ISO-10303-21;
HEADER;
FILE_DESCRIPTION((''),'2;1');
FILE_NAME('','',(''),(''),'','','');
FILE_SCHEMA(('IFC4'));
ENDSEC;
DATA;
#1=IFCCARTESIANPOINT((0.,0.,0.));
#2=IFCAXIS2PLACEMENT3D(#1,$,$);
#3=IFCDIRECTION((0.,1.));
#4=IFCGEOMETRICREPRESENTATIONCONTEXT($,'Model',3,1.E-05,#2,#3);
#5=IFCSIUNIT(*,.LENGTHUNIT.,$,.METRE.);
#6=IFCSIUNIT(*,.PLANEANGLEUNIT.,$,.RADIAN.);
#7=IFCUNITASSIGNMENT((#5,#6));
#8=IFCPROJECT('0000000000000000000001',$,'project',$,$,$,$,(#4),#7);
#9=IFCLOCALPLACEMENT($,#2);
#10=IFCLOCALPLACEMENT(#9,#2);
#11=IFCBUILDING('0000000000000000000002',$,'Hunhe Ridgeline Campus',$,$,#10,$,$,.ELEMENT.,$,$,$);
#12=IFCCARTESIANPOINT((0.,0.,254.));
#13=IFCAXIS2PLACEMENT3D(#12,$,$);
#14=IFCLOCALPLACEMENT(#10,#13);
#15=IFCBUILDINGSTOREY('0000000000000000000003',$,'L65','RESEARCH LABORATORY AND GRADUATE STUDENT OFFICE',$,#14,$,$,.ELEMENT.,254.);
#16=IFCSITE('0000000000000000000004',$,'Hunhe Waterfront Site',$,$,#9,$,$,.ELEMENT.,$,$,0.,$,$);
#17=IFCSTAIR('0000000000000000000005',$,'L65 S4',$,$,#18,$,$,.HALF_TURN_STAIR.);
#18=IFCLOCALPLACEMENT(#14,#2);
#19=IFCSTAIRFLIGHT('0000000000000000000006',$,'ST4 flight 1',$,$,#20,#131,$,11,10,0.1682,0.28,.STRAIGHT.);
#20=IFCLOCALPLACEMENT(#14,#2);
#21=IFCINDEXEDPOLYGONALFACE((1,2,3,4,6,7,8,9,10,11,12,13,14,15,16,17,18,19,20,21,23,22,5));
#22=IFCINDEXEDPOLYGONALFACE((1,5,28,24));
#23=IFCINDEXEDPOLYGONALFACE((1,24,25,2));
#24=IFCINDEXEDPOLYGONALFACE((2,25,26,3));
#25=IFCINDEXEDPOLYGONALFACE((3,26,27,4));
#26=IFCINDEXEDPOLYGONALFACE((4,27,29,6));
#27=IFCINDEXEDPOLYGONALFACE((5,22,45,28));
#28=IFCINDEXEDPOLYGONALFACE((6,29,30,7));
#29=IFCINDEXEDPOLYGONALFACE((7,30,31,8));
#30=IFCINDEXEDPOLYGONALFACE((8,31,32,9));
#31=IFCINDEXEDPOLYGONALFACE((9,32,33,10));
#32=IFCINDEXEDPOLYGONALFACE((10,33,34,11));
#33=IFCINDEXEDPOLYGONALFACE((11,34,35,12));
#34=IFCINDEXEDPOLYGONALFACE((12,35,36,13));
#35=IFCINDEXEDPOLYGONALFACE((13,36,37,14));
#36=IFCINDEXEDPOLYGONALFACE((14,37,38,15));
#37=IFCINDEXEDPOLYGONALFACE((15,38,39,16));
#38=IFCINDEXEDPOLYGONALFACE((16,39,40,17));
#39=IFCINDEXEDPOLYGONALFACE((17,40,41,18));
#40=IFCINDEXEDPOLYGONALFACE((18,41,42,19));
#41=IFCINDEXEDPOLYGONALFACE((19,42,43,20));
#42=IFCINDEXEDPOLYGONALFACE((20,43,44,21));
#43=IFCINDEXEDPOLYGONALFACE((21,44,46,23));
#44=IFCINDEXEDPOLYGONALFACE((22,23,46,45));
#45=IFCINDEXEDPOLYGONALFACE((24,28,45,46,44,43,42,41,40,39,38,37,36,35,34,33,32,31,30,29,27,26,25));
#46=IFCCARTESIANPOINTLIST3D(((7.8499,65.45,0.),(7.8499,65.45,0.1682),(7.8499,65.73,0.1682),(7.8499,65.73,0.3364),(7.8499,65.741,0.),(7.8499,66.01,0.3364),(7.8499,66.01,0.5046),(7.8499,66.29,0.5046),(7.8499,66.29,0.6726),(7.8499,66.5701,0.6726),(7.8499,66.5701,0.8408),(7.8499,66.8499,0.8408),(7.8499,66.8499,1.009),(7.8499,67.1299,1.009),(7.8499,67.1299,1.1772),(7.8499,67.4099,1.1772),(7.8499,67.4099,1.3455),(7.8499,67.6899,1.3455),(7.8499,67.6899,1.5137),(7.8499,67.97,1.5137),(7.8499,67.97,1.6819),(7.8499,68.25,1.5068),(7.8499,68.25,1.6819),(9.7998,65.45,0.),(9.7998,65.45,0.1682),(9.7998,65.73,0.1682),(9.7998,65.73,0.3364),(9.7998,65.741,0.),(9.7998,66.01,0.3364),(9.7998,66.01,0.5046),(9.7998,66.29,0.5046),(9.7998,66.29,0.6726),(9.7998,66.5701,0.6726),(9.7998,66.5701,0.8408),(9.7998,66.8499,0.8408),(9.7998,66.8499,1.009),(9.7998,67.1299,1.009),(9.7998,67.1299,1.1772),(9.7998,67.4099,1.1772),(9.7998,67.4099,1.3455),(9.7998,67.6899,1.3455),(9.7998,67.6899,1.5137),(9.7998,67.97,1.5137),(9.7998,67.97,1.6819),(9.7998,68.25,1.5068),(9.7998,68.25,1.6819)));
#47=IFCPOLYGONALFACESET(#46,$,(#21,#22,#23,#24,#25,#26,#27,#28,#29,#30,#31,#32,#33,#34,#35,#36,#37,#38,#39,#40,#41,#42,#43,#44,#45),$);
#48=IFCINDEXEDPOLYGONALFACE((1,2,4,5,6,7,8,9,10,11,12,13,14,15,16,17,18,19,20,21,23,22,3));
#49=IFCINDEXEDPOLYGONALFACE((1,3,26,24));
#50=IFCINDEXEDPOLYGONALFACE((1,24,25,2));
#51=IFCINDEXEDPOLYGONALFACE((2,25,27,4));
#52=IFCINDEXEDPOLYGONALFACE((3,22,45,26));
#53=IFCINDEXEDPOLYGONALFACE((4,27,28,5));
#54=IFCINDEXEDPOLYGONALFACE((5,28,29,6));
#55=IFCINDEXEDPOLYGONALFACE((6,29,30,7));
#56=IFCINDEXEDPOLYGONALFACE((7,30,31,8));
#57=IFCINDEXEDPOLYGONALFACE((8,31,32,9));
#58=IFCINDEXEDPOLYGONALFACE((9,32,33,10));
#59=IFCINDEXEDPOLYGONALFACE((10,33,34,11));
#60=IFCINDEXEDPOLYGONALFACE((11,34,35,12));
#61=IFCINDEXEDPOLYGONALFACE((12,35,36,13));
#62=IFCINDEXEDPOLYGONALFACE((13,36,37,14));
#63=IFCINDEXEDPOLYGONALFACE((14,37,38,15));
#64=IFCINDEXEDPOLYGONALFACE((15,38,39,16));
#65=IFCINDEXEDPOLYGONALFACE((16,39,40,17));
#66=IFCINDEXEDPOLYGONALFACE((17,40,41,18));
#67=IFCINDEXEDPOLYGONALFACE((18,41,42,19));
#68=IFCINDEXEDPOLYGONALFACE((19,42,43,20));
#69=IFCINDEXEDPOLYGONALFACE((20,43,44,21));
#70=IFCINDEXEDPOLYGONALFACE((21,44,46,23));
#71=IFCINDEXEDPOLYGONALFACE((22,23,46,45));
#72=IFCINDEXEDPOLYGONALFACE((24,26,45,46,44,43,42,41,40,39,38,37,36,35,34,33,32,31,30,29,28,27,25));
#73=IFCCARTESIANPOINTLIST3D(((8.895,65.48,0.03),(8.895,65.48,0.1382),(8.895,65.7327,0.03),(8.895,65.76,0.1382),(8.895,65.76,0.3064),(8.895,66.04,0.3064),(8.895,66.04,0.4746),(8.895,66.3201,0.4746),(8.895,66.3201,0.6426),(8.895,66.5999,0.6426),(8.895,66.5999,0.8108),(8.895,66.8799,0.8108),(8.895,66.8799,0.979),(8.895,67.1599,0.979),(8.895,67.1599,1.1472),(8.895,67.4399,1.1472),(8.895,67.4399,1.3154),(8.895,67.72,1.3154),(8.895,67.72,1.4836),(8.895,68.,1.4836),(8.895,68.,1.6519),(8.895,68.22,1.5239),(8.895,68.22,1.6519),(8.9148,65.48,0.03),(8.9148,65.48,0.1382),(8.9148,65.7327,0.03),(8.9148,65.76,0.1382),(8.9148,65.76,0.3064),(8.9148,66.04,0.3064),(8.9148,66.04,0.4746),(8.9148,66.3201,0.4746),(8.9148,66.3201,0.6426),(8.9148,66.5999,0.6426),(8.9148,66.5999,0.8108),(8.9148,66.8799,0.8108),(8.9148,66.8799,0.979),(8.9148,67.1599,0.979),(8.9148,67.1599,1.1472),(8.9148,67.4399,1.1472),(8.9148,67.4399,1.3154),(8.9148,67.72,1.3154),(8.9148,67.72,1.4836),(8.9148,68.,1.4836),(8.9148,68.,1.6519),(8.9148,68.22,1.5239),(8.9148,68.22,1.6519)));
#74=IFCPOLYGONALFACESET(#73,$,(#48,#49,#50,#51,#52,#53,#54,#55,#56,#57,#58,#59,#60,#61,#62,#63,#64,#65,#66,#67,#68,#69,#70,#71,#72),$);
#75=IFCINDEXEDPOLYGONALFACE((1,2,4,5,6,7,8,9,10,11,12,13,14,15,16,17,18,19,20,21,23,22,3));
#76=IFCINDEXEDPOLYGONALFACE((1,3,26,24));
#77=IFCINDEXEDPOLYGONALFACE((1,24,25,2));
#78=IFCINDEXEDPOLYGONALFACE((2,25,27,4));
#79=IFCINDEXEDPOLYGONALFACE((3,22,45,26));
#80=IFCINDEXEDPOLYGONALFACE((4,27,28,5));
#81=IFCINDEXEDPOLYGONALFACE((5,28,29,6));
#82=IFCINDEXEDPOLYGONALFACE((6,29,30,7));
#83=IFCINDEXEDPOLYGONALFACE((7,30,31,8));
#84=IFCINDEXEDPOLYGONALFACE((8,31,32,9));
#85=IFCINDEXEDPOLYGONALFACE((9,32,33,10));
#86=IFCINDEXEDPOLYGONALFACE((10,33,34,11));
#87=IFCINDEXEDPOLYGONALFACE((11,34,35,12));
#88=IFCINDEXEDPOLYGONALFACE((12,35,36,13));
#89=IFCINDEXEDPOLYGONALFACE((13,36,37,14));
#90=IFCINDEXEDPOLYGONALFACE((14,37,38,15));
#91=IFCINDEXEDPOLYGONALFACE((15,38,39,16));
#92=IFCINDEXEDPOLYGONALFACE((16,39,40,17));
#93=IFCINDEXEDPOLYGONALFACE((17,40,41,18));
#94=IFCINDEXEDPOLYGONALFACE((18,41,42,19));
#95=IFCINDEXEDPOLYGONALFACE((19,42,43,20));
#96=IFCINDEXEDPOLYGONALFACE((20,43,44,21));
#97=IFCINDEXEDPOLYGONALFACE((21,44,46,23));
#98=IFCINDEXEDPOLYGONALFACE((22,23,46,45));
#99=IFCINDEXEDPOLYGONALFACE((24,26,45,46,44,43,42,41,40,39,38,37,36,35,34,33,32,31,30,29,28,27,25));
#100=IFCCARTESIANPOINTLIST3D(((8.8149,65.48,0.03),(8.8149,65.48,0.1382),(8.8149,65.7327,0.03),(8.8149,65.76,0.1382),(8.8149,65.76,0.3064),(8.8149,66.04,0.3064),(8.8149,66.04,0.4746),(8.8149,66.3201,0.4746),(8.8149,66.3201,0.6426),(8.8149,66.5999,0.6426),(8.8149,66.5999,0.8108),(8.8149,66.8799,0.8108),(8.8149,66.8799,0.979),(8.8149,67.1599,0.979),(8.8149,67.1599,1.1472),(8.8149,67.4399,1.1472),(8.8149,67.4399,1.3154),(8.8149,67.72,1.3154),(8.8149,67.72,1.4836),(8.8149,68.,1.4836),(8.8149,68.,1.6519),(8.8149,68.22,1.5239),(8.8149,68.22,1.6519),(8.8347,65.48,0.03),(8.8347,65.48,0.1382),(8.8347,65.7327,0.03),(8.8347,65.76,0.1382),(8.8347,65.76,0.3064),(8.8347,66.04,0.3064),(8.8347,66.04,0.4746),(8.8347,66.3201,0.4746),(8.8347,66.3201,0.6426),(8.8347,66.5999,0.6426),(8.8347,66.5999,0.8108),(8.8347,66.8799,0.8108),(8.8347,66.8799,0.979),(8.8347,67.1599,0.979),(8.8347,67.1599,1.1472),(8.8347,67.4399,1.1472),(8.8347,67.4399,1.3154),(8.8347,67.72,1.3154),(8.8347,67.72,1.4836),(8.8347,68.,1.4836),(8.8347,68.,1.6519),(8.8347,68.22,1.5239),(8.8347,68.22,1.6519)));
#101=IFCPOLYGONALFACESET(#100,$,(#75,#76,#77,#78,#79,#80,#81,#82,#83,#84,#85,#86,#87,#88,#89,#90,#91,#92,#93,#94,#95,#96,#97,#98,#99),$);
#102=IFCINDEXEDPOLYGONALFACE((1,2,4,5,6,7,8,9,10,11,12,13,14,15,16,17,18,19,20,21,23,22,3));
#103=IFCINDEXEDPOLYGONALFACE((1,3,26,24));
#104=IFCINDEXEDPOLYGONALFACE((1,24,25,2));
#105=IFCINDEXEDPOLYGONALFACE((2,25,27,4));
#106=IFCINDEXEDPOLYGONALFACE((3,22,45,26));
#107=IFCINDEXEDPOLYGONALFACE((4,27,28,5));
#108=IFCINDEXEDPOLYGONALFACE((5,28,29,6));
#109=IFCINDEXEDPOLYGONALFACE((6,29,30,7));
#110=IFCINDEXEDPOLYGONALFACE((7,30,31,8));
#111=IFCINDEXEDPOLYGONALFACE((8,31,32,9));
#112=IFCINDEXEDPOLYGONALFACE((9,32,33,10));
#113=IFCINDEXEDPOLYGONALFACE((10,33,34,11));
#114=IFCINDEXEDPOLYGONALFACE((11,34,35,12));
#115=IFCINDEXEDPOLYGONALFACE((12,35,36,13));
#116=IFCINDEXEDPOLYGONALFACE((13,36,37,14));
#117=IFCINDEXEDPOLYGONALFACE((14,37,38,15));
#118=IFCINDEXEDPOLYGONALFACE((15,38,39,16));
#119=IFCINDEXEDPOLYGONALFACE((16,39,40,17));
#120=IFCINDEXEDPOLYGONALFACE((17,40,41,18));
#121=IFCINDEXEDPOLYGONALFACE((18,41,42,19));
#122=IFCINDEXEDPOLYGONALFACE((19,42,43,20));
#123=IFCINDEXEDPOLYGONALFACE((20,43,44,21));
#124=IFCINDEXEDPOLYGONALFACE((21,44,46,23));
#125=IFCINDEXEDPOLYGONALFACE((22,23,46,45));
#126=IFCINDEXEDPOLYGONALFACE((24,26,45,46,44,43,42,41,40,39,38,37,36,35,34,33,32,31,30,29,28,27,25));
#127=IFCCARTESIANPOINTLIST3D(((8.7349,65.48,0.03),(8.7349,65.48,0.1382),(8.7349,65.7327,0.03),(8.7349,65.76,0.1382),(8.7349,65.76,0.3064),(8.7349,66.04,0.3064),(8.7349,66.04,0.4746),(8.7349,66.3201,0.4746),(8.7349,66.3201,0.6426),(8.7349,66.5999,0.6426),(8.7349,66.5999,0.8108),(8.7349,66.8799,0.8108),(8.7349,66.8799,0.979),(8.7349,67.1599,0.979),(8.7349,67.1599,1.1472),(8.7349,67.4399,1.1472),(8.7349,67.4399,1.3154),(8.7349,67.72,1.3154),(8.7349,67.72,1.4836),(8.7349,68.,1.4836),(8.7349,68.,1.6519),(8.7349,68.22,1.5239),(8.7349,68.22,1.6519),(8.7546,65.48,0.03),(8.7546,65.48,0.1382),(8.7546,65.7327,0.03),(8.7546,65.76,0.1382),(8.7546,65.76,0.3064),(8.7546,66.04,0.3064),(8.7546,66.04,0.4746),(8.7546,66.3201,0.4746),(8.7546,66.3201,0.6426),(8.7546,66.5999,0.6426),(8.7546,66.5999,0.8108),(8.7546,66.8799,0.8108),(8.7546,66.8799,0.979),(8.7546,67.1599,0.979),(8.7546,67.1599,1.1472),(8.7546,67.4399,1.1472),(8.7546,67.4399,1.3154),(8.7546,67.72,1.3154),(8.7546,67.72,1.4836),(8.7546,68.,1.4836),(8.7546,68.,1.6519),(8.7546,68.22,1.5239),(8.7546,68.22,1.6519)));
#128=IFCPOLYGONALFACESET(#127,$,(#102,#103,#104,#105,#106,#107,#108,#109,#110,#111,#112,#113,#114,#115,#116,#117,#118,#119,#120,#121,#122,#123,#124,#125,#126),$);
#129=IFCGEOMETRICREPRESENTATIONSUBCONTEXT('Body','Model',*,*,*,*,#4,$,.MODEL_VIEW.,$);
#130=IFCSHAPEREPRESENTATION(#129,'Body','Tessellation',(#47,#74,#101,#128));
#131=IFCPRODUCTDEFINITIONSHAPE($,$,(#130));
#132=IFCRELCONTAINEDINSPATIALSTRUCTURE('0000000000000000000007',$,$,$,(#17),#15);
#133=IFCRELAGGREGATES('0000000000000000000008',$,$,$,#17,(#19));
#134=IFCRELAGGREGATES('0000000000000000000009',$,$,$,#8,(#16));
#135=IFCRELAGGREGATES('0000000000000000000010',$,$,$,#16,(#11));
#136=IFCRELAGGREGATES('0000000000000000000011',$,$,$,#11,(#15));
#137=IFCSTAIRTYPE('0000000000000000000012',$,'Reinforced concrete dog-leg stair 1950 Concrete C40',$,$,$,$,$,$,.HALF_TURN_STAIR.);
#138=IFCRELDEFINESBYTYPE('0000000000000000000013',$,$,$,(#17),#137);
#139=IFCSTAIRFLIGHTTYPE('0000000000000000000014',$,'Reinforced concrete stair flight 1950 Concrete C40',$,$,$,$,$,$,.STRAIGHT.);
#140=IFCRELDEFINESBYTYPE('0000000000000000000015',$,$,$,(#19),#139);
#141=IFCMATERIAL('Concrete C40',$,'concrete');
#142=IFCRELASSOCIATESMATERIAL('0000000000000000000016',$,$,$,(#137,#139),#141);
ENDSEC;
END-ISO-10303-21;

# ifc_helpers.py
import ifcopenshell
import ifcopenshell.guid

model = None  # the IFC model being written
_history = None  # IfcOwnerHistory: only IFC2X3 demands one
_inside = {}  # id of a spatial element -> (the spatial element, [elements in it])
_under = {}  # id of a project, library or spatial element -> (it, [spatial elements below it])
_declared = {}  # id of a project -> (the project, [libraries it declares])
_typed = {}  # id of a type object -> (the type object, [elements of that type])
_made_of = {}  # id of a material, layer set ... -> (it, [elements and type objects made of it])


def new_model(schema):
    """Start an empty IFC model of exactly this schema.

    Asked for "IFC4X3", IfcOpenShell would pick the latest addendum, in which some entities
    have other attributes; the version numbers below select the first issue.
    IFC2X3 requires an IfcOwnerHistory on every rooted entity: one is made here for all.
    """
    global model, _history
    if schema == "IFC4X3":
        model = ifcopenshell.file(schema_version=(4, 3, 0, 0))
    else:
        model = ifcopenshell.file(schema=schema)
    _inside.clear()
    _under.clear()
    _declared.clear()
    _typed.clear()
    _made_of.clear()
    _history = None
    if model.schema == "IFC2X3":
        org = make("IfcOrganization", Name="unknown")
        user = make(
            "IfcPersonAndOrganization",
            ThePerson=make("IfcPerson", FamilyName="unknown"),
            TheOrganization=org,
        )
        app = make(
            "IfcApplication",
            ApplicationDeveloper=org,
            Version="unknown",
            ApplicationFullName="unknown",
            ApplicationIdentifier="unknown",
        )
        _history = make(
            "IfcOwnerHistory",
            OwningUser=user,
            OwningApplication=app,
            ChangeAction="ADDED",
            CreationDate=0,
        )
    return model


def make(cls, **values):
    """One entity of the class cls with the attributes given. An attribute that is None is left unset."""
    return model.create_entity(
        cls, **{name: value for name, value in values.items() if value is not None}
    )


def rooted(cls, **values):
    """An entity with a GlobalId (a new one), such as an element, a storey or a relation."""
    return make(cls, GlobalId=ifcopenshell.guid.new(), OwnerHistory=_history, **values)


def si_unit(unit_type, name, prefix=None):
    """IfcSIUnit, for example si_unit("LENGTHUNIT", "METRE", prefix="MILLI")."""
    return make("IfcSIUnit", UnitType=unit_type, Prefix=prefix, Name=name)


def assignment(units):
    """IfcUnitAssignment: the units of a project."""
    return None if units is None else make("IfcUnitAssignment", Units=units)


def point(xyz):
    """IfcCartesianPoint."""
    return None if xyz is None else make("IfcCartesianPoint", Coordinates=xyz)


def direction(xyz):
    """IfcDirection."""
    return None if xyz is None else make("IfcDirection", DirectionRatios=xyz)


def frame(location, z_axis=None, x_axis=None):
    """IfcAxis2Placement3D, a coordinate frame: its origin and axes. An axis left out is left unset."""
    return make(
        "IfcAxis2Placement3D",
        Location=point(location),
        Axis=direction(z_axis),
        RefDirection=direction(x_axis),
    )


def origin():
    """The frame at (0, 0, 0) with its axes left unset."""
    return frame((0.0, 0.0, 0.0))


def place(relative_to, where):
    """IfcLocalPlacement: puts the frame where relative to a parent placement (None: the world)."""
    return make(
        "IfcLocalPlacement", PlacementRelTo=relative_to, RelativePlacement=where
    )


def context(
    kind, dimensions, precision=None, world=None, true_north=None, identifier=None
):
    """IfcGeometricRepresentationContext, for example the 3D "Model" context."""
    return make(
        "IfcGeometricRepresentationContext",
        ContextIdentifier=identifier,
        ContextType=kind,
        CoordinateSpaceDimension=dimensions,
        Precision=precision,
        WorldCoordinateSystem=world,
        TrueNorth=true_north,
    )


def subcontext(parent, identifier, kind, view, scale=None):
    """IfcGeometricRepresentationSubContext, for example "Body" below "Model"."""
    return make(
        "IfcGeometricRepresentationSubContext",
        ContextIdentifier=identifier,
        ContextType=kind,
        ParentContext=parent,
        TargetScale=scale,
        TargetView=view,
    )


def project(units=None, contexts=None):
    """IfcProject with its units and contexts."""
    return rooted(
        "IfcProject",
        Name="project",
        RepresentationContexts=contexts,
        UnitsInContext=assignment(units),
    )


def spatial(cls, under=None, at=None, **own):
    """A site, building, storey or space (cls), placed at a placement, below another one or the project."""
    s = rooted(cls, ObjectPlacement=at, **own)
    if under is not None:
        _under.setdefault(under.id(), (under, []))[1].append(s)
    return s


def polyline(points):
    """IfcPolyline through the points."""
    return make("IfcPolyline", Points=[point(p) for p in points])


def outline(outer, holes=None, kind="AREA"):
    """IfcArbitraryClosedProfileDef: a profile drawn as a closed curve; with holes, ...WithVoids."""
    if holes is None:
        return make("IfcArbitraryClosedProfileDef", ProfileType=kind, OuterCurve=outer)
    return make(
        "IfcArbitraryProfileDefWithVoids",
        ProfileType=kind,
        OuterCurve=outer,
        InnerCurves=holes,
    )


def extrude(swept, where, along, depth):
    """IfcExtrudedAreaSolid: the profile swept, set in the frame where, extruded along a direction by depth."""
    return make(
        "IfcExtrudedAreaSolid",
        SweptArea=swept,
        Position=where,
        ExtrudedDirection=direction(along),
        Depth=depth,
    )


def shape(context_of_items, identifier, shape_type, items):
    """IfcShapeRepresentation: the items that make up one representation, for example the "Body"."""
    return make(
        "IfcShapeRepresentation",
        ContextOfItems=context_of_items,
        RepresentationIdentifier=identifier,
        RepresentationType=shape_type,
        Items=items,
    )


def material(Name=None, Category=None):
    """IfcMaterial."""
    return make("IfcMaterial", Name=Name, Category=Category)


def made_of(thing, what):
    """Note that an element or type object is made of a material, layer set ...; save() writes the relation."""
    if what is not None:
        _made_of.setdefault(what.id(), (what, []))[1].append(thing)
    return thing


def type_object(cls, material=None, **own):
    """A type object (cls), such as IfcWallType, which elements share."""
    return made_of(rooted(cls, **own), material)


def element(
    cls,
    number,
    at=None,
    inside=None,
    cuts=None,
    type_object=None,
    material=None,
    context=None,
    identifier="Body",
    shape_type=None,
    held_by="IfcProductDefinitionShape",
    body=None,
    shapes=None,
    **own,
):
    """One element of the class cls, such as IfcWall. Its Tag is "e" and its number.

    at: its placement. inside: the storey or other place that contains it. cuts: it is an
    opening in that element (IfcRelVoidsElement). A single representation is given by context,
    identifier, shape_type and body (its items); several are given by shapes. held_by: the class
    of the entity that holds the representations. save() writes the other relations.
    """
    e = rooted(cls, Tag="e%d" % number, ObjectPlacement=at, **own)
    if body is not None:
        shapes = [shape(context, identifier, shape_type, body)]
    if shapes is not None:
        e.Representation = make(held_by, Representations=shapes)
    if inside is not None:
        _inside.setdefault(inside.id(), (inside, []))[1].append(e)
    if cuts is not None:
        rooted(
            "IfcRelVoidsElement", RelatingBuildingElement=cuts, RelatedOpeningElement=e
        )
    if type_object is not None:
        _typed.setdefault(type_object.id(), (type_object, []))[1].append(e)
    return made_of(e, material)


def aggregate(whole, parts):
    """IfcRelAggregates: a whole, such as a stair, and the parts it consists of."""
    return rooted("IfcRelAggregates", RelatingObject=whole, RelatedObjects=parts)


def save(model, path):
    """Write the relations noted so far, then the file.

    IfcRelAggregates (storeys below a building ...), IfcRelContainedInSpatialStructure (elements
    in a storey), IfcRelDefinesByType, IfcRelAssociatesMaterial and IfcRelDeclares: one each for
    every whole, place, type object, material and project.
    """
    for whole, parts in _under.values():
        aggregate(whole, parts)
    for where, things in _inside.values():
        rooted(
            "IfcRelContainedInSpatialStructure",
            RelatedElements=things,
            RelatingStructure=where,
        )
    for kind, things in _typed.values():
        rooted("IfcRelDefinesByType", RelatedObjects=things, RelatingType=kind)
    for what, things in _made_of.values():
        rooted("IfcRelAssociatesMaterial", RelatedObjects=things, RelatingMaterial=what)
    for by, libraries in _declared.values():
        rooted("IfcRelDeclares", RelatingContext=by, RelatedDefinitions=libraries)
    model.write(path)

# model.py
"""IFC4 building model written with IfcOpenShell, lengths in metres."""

from ifc_helpers import new_model, si_unit, direction, frame, origin, place, context, subcontext, project, spatial, polyline, outline, extrude, material, type_object, element, aggregate, save


model = new_model("IFC4")

# Units and contexts
model_context = context("Model", 3, precision=1e-05, world=origin(), true_north=direction((0.0, 1.0)))
body_context = subcontext(model_context, "Body", "Model", "MODEL_VIEW")
ifc_project = project(units=[si_unit("LENGTHUNIT", "METRE"), si_unit("PLANEANGLEUNIT", "RADIAN")], contexts=[model_context])

# Site, building, storey
site_placement = place(None, origin())
site = spatial("IfcSite", under=ifc_project, at=site_placement, Name="Hunhe Waterfront Site", CompositionType="ELEMENT", RefElevation=0.0)
building_placement = place(site_placement, origin())
building = spatial("IfcBuilding", under=site, at=building_placement, Name="Hunhe Ridgeline Campus", CompositionType="ELEMENT")
storey_placement = place(building_placement, frame((0.0, 0.0, 254.0)))
storey = spatial("IfcBuildingStorey", under=building, at=storey_placement, Name="L65", Description="RESEARCH LABORATORY AND GRADUATE STUDENT OFFICE", CompositionType="ELEMENT", Elevation=254.0)

# Shared definitions
ifc_material_1 = material(Name="Concrete C40", Category="concrete")
stair_type = type_object("IfcStairType", Name="Reinforced concrete dog-leg stair 1950 Concrete C40", PredefinedType="HALF_TURN_STAIR", material=ifc_material_1)
stair_flight_type = type_object("IfcStairFlightType", Name="Reinforced concrete stair flight 1950 Concrete C40", PredefinedType="STRAIGHT", material=ifc_material_1)

# Stair, stair flight
stair_1_placement = place(storey_placement, origin())
stair_1 = element("IfcStair", 1, at=stair_1_placement, inside=storey, type_object=stair_type, Name="L65 S4", PredefinedType="HALF_TURN_STAIR")
stair_flight_1_placement = place(storey_placement, frame((8.825, 65.45, 0.0), z_axis=(0.0, 0.0, 1.0), x_axis=(0.0, 1.0, 0.0)))
stair_flight_1 = element("IfcStairFlight", 2, at=stair_flight_1_placement, type_object=stair_flight_type, Name="ST4 flight 1", NumberOfRisers=11, NumberOfTreads=10, PredefinedType="STRAIGHT", RiserHeight=0.1682, TreadLength=0.28, context=body_context, shape_type="SweptSolid", body=[
    extrude(outline(polyline([(0.0, 0.0), (0.0, 0.1682), (0.28, 0.1682), (0.28, 0.3364), (0.5601, 0.3364), (0.5601, 0.5046), (0.8401, 0.5046), (0.8401, 0.6726), (1.1201, 0.6726), (1.1201, 0.8408), (1.3999, 0.8408), (1.3999, 1.009), (1.6799, 1.009), (1.6799, 1.1772), (1.96, 1.1772), (1.96, 1.3455), (2.24, 1.3455), (2.24, 1.5137), (2.52, 1.5137), (2.52, 1.6819), (2.8, 1.6819), (2.8, 1.8501), (2.8, 1.5068), (0.291, 0.0), (0.0, 0.0)])), frame((0.0, 0.9751, 0.0), z_axis=(0.0, -1.0, 0.0), x_axis=(1.0, 0.0, 0.0)), (0.0, 0.0, 1.0), 1.95),
    extrude(outline(polyline([(0.03, 0.03), (0.03, 0.1382), (0.3101, 0.1382), (0.3101, 0.3064), (0.5901, 0.3064), (0.5901, 0.4746), (0.8701, 0.4746), (0.8701, 0.6426), (1.1499, 0.6426), (1.1499, 0.8108), (1.4299, 0.8108), (1.4299, 0.979), (1.71, 0.979), (1.71, 1.1472), (1.99, 1.1472), (1.99, 1.3154), (2.27, 1.3154), (2.27, 1.4836), (2.55, 1.4836), (2.55, 1.6519), (2.77, 1.6519), (2.77, 1.5239), (0.2827, 0.03), (0.03, 0.03)])), frame((0.0, -0.0701, 0.0), z_axis=(0.0, -1.0, 0.0), x_axis=(1.0, 0.0, 0.0)), (0.0, 0.0, 1.0), 0.0198),
    extrude(outline(polyline([(0.03, 0.03), (0.03, 0.1382), (0.3101, 0.1382), (0.3101, 0.3064), (0.5901, 0.3064), (0.5901, 0.4746), (0.8701, 0.4746), (0.8701, 0.6426), (1.1499, 0.6426), (1.1499, 0.8108), (1.4299, 0.8108), (1.4299, 0.979), (1.71, 0.979), (1.71, 1.1472), (1.99, 1.1472), (1.99, 1.3154), (2.27, 1.3154), (2.27, 1.4836), (2.55, 1.4836), (2.55, 1.6519), (2.77, 1.6519), (2.77, 1.5239), (0.2827, 0.03), (0.03, 0.03)])), frame((0.0, 0.01, 0.0), z_axis=(0.0, -1.0, 0.0), x_axis=(1.0, 0.0, 0.0)), (0.0, 0.0, 1.0), 0.0198),
    extrude(outline(polyline([(0.03, 0.03), (0.03, 0.1382), (0.3101, 0.1382), (0.3101, 0.3064), (0.5901, 0.3064), (0.5901, 0.4746), (0.8701, 0.4746), (0.8701, 0.6426), (1.1499, 0.6426), (1.1499, 0.8108), (1.4299, 0.8108), (1.4299, 0.979), (1.71, 0.979), (1.71, 1.1472), (1.99, 1.1472), (1.99, 1.3154), (2.27, 1.3154), (2.27, 1.4836), (2.55, 1.4836), (2.55, 1.6519), (2.77, 1.6519), (2.77, 1.5239), (0.2827, 0.03), (0.03, 0.03)])), frame((0.0, 0.0901, 0.0), z_axis=(0.0, -1.0, 0.0), x_axis=(1.0, 0.0, 0.0)), (0.0, 0.0, 1.0), 0.0198),
])
aggregate(stair_1, [stair_flight_1])

save(model, "model.ifc")
